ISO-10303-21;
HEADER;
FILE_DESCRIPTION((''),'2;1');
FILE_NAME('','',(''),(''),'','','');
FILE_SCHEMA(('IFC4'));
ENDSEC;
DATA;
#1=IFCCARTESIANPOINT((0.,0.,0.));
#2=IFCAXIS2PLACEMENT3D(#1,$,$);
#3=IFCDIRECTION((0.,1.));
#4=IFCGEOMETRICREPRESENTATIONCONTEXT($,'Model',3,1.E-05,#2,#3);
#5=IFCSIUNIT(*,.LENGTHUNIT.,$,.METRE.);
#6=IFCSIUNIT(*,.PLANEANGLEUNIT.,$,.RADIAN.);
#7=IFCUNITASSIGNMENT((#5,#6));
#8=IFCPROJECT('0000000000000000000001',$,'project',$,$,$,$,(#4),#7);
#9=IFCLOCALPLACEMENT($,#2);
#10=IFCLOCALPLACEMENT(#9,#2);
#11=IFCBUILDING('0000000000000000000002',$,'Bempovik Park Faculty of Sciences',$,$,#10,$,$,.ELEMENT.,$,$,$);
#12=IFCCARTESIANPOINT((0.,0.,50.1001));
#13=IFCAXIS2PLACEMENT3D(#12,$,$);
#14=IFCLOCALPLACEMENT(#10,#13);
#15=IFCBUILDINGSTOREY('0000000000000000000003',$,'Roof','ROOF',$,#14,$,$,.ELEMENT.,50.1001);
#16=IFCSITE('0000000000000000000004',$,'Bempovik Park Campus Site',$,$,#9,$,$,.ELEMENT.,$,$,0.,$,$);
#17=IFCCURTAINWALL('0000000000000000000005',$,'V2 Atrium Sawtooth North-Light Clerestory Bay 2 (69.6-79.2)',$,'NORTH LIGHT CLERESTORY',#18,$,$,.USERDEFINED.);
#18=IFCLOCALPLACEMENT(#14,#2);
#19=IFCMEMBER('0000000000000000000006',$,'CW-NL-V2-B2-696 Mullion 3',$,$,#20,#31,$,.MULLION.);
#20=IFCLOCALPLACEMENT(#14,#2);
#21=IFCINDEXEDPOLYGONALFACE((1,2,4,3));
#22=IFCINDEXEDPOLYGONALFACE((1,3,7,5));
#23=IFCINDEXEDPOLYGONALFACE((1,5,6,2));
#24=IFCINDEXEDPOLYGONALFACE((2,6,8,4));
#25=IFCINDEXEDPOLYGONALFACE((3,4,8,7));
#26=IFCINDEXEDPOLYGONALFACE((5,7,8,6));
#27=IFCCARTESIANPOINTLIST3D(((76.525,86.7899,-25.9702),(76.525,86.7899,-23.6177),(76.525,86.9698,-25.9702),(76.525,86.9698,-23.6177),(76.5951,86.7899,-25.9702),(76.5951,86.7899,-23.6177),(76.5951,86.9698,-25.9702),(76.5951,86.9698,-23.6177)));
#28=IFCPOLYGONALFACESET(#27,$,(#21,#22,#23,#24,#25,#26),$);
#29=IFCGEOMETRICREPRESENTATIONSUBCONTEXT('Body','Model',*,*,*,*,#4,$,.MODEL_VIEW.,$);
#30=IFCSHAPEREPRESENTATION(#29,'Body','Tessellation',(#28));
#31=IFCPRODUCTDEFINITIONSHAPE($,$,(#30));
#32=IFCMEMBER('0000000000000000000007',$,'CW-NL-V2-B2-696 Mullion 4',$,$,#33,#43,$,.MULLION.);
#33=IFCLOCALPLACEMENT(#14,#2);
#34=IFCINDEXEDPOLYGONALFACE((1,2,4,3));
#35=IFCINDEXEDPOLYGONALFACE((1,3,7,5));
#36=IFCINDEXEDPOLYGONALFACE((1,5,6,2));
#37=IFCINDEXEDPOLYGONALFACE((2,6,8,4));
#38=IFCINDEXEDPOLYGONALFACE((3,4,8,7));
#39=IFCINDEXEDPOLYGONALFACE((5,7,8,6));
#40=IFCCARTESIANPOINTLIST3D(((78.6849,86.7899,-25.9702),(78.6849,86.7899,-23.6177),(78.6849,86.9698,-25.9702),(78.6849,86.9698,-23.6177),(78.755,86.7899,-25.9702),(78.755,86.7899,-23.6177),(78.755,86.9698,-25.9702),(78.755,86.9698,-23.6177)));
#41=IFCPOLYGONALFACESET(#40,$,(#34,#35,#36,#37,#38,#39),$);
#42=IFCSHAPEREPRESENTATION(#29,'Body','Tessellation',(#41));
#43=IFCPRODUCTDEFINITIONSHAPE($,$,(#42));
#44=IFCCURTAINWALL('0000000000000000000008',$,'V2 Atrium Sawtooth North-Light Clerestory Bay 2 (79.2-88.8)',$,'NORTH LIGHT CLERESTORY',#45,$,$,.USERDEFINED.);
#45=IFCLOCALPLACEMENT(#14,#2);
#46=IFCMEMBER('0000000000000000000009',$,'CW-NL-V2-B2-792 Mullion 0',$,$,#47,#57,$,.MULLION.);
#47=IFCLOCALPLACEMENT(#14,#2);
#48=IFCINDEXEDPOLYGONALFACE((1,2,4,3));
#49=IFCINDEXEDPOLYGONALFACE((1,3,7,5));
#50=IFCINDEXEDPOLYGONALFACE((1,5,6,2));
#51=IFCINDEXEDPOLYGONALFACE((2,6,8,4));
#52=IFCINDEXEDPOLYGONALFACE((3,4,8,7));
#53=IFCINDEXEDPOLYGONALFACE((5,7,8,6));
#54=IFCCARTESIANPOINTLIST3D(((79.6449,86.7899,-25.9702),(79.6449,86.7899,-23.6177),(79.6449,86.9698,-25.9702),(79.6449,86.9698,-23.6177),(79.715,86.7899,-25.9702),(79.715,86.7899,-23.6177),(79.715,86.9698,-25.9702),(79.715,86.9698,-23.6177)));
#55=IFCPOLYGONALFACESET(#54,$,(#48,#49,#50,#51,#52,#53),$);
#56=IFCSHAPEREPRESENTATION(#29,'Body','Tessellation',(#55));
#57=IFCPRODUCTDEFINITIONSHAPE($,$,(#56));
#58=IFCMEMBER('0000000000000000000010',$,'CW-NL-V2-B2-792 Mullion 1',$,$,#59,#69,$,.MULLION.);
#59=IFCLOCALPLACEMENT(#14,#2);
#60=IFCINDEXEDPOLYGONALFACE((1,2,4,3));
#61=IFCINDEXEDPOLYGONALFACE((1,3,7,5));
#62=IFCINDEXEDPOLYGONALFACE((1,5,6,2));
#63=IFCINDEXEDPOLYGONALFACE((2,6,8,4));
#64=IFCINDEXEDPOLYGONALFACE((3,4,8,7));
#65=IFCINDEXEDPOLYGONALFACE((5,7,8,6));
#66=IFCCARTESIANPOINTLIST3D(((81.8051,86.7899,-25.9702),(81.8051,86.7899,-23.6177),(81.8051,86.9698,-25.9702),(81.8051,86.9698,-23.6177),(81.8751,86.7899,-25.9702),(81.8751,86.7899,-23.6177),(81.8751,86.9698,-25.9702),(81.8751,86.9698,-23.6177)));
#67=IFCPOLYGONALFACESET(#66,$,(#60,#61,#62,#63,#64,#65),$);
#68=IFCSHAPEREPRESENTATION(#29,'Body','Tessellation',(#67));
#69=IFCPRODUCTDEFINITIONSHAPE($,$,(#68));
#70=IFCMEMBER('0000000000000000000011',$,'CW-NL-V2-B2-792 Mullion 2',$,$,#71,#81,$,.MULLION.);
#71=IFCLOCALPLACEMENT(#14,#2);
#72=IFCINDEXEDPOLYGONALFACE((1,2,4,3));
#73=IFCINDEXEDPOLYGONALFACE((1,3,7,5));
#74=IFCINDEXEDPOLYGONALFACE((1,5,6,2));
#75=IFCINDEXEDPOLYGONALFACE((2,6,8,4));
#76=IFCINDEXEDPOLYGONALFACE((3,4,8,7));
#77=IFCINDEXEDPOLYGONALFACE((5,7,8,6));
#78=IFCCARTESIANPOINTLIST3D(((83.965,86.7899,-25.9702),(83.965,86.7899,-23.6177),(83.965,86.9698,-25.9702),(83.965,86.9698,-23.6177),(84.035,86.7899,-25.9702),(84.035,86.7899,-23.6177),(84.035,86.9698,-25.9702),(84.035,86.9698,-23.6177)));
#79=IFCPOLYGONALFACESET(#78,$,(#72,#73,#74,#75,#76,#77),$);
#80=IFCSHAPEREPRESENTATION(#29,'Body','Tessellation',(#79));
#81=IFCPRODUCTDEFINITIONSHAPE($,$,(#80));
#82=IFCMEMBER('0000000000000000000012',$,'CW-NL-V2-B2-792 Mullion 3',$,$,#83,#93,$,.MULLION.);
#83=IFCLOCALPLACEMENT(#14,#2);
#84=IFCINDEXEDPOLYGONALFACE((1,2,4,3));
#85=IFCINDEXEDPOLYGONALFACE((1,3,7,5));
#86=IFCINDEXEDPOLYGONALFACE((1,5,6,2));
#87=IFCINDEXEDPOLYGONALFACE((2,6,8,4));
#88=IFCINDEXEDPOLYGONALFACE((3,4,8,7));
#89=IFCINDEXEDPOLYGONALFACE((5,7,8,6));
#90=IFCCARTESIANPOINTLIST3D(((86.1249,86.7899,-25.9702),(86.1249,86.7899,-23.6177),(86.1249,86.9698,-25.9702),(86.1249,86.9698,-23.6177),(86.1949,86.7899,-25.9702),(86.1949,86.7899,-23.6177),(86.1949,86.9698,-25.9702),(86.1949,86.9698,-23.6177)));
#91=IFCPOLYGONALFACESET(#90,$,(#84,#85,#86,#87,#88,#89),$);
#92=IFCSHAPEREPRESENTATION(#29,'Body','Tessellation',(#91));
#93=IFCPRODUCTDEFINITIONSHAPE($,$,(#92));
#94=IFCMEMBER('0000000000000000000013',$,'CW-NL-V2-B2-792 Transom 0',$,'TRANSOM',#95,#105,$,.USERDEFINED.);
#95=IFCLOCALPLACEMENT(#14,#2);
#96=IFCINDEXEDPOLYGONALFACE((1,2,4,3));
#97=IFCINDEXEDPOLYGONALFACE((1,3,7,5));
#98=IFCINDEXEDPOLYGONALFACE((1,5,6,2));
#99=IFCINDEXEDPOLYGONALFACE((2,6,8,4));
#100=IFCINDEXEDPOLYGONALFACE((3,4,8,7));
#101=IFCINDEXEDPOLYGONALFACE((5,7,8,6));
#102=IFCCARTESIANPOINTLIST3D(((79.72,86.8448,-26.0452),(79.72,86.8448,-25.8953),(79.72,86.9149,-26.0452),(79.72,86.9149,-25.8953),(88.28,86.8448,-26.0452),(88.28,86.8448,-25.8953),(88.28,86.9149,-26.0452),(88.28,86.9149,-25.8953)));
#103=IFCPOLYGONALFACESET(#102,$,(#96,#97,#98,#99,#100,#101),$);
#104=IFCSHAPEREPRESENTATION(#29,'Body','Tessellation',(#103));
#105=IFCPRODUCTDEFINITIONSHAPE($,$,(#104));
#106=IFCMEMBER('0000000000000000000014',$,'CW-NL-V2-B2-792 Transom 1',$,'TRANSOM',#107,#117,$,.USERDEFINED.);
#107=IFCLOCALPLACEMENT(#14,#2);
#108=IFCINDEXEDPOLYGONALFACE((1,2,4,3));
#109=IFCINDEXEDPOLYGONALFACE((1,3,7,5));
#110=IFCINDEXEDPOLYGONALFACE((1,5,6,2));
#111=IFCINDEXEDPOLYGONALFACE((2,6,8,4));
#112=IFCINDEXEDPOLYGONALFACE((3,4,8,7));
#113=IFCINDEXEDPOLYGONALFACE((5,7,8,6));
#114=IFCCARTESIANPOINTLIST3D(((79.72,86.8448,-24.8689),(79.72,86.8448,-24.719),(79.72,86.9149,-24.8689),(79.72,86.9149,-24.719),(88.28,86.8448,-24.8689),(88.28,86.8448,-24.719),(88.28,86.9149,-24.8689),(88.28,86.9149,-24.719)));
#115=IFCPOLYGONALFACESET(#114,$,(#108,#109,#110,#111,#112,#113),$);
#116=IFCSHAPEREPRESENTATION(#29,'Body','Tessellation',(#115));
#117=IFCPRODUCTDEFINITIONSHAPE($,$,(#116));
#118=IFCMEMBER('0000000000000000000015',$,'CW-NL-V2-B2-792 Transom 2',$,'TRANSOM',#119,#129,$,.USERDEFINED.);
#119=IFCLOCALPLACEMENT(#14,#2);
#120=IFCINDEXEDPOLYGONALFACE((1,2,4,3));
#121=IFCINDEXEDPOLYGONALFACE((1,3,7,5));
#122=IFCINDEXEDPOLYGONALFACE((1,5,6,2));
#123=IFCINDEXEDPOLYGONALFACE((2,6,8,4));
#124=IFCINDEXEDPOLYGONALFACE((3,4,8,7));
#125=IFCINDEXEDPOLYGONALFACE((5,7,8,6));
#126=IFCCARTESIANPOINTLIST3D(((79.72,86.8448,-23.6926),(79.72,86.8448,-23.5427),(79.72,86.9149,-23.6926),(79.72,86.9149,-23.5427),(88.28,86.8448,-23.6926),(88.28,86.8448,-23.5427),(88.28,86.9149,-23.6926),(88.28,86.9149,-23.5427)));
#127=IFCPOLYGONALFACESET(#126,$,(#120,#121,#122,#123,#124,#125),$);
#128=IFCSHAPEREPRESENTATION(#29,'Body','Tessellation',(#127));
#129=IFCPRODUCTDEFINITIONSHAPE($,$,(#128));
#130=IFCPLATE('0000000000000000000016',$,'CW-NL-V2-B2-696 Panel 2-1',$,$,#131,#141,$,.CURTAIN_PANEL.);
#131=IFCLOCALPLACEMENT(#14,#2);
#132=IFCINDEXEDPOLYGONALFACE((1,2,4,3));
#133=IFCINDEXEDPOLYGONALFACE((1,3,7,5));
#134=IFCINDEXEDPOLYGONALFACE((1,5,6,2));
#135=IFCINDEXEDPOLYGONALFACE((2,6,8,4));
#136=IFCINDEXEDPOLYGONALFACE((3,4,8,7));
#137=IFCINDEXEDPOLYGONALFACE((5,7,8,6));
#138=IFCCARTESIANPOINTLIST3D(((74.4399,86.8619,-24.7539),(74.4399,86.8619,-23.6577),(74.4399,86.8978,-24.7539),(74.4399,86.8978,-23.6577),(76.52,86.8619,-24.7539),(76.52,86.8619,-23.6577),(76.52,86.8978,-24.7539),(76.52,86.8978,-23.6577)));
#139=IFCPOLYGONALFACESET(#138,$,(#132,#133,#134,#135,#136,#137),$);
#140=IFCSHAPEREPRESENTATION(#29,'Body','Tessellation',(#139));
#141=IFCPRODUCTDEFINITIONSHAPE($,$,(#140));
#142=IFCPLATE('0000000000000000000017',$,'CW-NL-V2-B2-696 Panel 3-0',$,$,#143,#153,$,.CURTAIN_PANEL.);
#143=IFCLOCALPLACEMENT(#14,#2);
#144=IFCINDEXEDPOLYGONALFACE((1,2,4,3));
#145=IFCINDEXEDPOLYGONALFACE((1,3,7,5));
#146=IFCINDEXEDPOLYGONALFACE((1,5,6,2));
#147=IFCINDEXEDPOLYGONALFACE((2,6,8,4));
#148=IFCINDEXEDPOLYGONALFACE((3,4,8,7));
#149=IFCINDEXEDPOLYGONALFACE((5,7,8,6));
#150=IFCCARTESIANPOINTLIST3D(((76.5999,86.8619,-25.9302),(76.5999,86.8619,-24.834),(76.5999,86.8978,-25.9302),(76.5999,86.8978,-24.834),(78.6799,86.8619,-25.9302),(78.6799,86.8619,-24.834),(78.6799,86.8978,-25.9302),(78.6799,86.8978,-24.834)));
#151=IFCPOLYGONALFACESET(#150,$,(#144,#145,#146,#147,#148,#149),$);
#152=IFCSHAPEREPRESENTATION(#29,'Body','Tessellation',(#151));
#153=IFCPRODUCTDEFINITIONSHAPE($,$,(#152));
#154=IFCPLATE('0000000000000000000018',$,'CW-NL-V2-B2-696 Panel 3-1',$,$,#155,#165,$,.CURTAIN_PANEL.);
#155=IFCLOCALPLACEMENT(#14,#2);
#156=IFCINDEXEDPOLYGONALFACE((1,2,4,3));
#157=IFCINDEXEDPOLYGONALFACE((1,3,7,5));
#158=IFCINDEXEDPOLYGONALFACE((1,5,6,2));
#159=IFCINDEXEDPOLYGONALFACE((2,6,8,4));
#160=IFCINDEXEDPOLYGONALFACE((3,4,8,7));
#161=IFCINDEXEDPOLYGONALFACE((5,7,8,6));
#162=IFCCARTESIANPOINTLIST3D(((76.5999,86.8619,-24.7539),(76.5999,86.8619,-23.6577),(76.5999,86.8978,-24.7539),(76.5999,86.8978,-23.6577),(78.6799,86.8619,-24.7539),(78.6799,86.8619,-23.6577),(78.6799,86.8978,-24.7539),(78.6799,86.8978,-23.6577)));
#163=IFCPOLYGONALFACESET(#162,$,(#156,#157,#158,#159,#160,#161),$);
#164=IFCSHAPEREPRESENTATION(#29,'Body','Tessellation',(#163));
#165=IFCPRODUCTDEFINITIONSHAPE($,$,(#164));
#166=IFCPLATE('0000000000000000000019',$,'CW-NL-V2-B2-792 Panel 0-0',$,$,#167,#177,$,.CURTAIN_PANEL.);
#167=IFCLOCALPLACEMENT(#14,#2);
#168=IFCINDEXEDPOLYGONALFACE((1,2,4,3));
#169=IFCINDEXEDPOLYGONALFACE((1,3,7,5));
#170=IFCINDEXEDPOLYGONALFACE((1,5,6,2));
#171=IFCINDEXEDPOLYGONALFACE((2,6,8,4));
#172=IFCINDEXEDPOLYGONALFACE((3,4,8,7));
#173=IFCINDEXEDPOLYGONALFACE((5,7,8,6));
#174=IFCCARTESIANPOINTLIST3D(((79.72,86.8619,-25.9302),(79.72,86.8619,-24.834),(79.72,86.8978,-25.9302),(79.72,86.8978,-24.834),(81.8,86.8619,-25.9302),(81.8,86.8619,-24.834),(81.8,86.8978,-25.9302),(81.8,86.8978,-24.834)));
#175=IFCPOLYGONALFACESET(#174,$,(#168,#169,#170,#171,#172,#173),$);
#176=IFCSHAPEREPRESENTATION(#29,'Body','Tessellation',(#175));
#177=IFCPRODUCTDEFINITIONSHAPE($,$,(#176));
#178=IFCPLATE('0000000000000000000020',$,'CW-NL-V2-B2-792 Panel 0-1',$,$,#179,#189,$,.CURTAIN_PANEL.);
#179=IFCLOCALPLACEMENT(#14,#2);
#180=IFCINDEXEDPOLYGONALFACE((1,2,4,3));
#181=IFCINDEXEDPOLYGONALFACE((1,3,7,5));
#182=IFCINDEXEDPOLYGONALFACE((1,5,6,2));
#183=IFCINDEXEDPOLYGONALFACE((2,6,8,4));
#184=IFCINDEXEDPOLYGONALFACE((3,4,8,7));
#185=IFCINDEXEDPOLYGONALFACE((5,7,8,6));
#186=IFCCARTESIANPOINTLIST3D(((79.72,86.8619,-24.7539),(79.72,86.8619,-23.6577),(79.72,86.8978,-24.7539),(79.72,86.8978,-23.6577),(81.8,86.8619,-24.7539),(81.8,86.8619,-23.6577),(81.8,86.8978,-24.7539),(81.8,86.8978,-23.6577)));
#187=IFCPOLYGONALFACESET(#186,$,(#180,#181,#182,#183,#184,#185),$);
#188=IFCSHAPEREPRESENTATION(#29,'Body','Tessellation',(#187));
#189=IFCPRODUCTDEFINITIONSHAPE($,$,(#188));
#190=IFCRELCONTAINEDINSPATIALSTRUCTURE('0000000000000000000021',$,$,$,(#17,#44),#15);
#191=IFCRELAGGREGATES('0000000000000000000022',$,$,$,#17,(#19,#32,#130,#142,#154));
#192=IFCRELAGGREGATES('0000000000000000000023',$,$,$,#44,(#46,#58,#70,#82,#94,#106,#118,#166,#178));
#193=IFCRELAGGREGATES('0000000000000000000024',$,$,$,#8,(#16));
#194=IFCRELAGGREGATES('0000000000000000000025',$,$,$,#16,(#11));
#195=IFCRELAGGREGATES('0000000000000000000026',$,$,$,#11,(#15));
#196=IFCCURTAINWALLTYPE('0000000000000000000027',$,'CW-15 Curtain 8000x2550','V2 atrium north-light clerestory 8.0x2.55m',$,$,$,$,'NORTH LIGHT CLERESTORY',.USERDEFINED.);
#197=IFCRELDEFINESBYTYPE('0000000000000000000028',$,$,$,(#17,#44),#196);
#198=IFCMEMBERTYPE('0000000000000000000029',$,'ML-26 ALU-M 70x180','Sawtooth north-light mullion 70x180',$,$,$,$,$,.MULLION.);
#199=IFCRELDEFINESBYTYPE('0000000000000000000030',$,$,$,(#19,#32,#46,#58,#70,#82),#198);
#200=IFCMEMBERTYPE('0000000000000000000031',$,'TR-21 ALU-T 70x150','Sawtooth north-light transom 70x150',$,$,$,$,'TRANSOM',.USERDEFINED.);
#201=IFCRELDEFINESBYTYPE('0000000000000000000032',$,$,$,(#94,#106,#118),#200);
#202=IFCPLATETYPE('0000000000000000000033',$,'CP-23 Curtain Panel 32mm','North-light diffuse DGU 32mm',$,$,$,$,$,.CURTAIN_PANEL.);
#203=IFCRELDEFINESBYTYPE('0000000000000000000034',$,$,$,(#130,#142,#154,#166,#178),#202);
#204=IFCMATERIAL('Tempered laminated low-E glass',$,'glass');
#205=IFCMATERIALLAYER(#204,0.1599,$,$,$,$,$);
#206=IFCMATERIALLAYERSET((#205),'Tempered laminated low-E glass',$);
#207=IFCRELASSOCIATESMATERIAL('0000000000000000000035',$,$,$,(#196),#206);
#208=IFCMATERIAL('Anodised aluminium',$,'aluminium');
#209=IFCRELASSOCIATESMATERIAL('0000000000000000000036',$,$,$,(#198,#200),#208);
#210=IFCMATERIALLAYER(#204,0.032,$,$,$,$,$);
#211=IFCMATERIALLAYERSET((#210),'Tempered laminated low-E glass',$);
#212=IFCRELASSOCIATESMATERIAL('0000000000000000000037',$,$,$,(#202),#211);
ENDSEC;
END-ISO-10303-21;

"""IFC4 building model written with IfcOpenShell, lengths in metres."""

from ifc_helpers import new_model, si_unit, direction, frame, origin, origin_2d, place, context, subcontext, project, spatial, rectangle, extrude, material, layer, layer_set, material_profile, profile_set, type_object, element, aggregate, save


model = new_model("IFC4")

# Units and contexts
model_context = context("Model", 3, precision=1e-05, world=origin(), true_north=direction((0.0, 1.0)))
body_context = subcontext(model_context, "Body", "Model", "MODEL_VIEW")
ifc_project = project(units=[si_unit("LENGTHUNIT", "METRE"), si_unit("PLANEANGLEUNIT", "RADIAN")], contexts=[model_context])

# Site, building, storey
site_placement = place(None, origin())
site = spatial("IfcSite", under=ifc_project, at=site_placement, Name="Bempovik Park Campus Site", CompositionType="ELEMENT", RefElevation=0.0)
building_placement = place(site_placement, origin())
building = spatial("IfcBuilding", under=site, at=building_placement, Name="Bempovik Park Faculty of Sciences", CompositionType="ELEMENT")
storey_placement = place(building_placement, frame((0.0, 0.0, 50.1001)))
storey = spatial("IfcBuildingStorey", under=building, at=storey_placement, Name="Roof", Description="ROOF", CompositionType="ELEMENT", Elevation=50.1001)

# Curtain walls, members
ifc_material_1 = material(Name="Tempered laminated low-E glass", Category="glass")
ifc_layer_1 = layer(ifc_material_1, 0.1599)
ifc_layer_set_1 = layer_set([ifc_layer_1], Name="Tempered laminated low-E glass")
curtain_wall_type = type_object("IfcCurtainWallType", Name="CW-15 Curtain 8000x2550", Description="V2 atrium north-light clerestory 8.0x2.55m", ElementType="NORTH LIGHT CLERESTORY", PredefinedType="USERDEFINED", material=ifc_layer_set_1)
curtain_wall_1_placement = place(storey_placement, origin())
curtain_wall_1 = element("IfcCurtainWall", 1, at=curtain_wall_1_placement, inside=storey, type_object=curtain_wall_type, Name="V2 Atrium Sawtooth North-Light Clerestory Bay 2 (69.6-79.2)", ObjectType="NORTH LIGHT CLERESTORY", PredefinedType="USERDEFINED")
ifc_material_2 = material(Name="Anodised aluminium", Category="aluminium")
ifc_material_profile_1 = material_profile(ifc_material_2, rectangle(XDim=0.0701, YDim=0.1799, at=origin_2d()), Name="ALU-M 70x180")
ifc_profile_set_1 = profile_set([ifc_material_profile_1], Name="Anodised aluminium")
member_type_1 = type_object("IfcMemberType", Name="ML-26 ALU-M 70x180", Description="Sawtooth north-light mullion 70x180", PredefinedType="MULLION", material=ifc_profile_set_1)
member_1_placement = place(storey_placement, frame((76.5601, 86.8799, -25.9702), z_axis=(0.0, 0.0, 1.0), x_axis=(1.0, 0.0, 0.0)))
member_1 = element("IfcMember", 2, at=member_1_placement, type_object=member_type_1, Name="CW-NL-V2-B2-696 Mullion 3", PredefinedType="MULLION", context=body_context, shape_type="SweptSolid", body=[
    extrude(rectangle(XDim=0.0701, YDim=0.1799, at=origin_2d()), origin(), (0.0, 0.0, 1.0), 2.3525),
])
member_2_placement = place(storey_placement, frame((78.72, 86.8799, -25.9702), z_axis=(0.0, 0.0, 1.0), x_axis=(1.0, 0.0, 0.0)))
member_2 = element("IfcMember", 3, at=member_2_placement, type_object=member_type_1, Name="CW-NL-V2-B2-696 Mullion 4", PredefinedType="MULLION", context=body_context, shape_type="SweptSolid", body=[
    extrude(rectangle(XDim=0.0701, YDim=0.1799, at=origin_2d()), origin(), (0.0, 0.0, 1.0), 2.3525),
])
curtain_wall_2_placement = place(storey_placement, origin())
curtain_wall_2 = element("IfcCurtainWall", 4, at=curtain_wall_2_placement, inside=storey, type_object=curtain_wall_type, Name="V2 Atrium Sawtooth North-Light Clerestory Bay 2 (79.2-88.8)", ObjectType="NORTH LIGHT CLERESTORY", PredefinedType="USERDEFINED")
member_3_placement = place(storey_placement, frame((79.6799, 86.8799, -25.9702), z_axis=(0.0, 0.0, 1.0), x_axis=(1.0, 0.0, 0.0)))
member_3 = element("IfcMember", 5, at=member_3_placement, type_object=member_type_1, Name="CW-NL-V2-B2-792 Mullion 0", PredefinedType="MULLION", context=body_context, shape_type="SweptSolid", body=[
    extrude(rectangle(XDim=0.0701, YDim=0.1799, at=origin_2d()), origin(), (0.0, 0.0, 1.0), 2.3525),
])
member_4_placement = place(storey_placement, frame((81.8401, 86.8799, -25.9702), z_axis=(0.0, 0.0, 1.0), x_axis=(1.0, 0.0, 0.0)))
member_4 = element("IfcMember", 6, at=member_4_placement, type_object=member_type_1, Name="CW-NL-V2-B2-792 Mullion 1", PredefinedType="MULLION", context=body_context, shape_type="SweptSolid", body=[
    extrude(rectangle(XDim=0.0701, YDim=0.1799, at=origin_2d()), origin(), (0.0, 0.0, 1.0), 2.3525),
])
member_5_placement = place(storey_placement, frame((84.0, 86.8799, -25.9702), z_axis=(0.0, 0.0, 1.0), x_axis=(1.0, 0.0, 0.0)))
member_5 = element("IfcMember", 7, at=member_5_placement, type_object=member_type_1, Name="CW-NL-V2-B2-792 Mullion 2", PredefinedType="MULLION", context=body_context, shape_type="SweptSolid", body=[
    extrude(rectangle(XDim=0.0701, YDim=0.1799, at=origin_2d()), origin(), (0.0, 0.0, 1.0), 2.3525),
])
member_6_placement = place(storey_placement, frame((86.1599, 86.8799, -25.9702), z_axis=(0.0, 0.0, 1.0), x_axis=(1.0, 0.0, 0.0)))
member_6 = element("IfcMember", 8, at=member_6_placement, type_object=member_type_1, Name="CW-NL-V2-B2-792 Mullion 3", PredefinedType="MULLION", context=body_context, shape_type="SweptSolid", body=[
    extrude(rectangle(XDim=0.0701, YDim=0.1799, at=origin_2d()), origin(), (0.0, 0.0, 1.0), 2.3525),
])
ifc_material_profile_2 = material_profile(ifc_material_2, rectangle(XDim=0.0701, YDim=0.1499, at=origin_2d()), Name="ALU-T 70x150")
ifc_profile_set_2 = profile_set([ifc_material_profile_2], Name="Anodised aluminium")
member_type_2 = type_object("IfcMemberType", Name="TR-21 ALU-T 70x150", Description="Sawtooth north-light transom 70x150", ElementType="TRANSOM", PredefinedType="USERDEFINED", material=ifc_profile_set_2)
member_7_placement = place(storey_placement, frame((79.72, 86.8799, -25.9702), z_axis=(1.0, 0.0, 0.0), x_axis=(0.0, 1.0, 0.0)))
member_7 = element("IfcMember", 9, at=member_7_placement, type_object=member_type_2, Name="CW-NL-V2-B2-792 Transom 0", ObjectType="TRANSOM", PredefinedType="USERDEFINED", context=body_context, shape_type="SweptSolid", body=[
    extrude(rectangle(XDim=0.0701, YDim=0.1499, at=origin_2d()), origin(), (0.0, 0.0, 1.0), 8.5601),
])
member_8_placement = place(storey_placement, frame((79.72, 86.8799, -24.7939), z_axis=(1.0, 0.0, 0.0), x_axis=(0.0, 1.0, 0.0)))
member_8 = element("IfcMember", 10, at=member_8_placement, type_object=member_type_2, Name="CW-NL-V2-B2-792 Transom 1", ObjectType="TRANSOM", PredefinedType="USERDEFINED", context=body_context, shape_type="SweptSolid", body=[
    extrude(rectangle(XDim=0.0701, YDim=0.1499, at=origin_2d()), origin(), (0.0, 0.0, 1.0), 8.5601),
])
member_9_placement = place(storey_placement, frame((79.72, 86.8799, -23.6177), z_axis=(1.0, 0.0, 0.0), x_axis=(0.0, 1.0, 0.0)))
member_9 = element("IfcMember", 11, at=member_9_placement, type_object=member_type_2, Name="CW-NL-V2-B2-792 Transom 2", ObjectType="TRANSOM", PredefinedType="USERDEFINED", context=body_context, shape_type="SweptSolid", body=[
    extrude(rectangle(XDim=0.0701, YDim=0.1499, at=origin_2d()), origin(), (0.0, 0.0, 1.0), 8.5601),
])

# Plates
ifc_layer_2 = layer(ifc_material_1, 0.032)
ifc_layer_set_2 = layer_set([ifc_layer_2], Name="Tempered laminated low-E glass")
plate_type = type_object("IfcPlateType", Name="CP-23 Curtain Panel 32mm", Description="North-light diffuse DGU 32mm", PredefinedType="CURTAIN_PANEL", material=ifc_layer_set_2)
plate_1_placement = place(storey_placement, frame((75.48, 86.8799, -24.7539), z_axis=(0.0, 0.0, 1.0), x_axis=(1.0, 0.0, 0.0)))
plate_1 = element("IfcPlate", 12, at=plate_1_placement, type_object=plate_type, Name="CW-NL-V2-B2-696 Panel 2-1", PredefinedType="CURTAIN_PANEL", context=body_context, shape_type="SweptSolid", body=[
    extrude(rectangle(XDim=2.0801, YDim=0.0359, at=origin_2d()), origin(), (0.0, 0.0, 1.0), 1.0962),
])
plate_2_placement = place(storey_placement, frame((77.6399, 86.8799, -25.9302), z_axis=(0.0, 0.0, 1.0), x_axis=(1.0, 0.0, 0.0)))
plate_2 = element("IfcPlate", 13, at=plate_2_placement, type_object=plate_type, Name="CW-NL-V2-B2-696 Panel 3-0", PredefinedType="CURTAIN_PANEL", context=body_context, shape_type="SweptSolid", body=[
    extrude(rectangle(XDim=2.0801, YDim=0.0359, at=origin_2d()), origin(), (0.0, 0.0, 1.0), 1.0962),
])
plate_3_placement = place(storey_placement, frame((77.6399, 86.8799, -24.7539), z_axis=(0.0, 0.0, 1.0), x_axis=(1.0, 0.0, 0.0)))
plate_3 = element("IfcPlate", 14, at=plate_3_placement, type_object=plate_type, Name="CW-NL-V2-B2-696 Panel 3-1", PredefinedType="CURTAIN_PANEL", context=body_context, shape_type="SweptSolid", body=[
    extrude(rectangle(XDim=2.0801, YDim=0.0359, at=origin_2d()), origin(), (0.0, 0.0, 1.0), 1.0962),
])
aggregate(curtain_wall_1, [member_1, member_2, plate_1, plate_2, plate_3])
plate_4_placement = place(storey_placement, frame((80.76, 86.8799, -25.9302), z_axis=(0.0, 0.0, 1.0), x_axis=(1.0, 0.0, 0.0)))
plate_4 = element("IfcPlate", 15, at=plate_4_placement, type_object=plate_type, Name="CW-NL-V2-B2-792 Panel 0-0", PredefinedType="CURTAIN_PANEL", context=body_context, shape_type="SweptSolid", body=[
    extrude(rectangle(XDim=2.0801, YDim=0.0359, at=origin_2d()), origin(), (0.0, 0.0, 1.0), 1.0962),
])
plate_5_placement = place(storey_placement, frame((80.76, 86.8799, -24.7539), z_axis=(0.0, 0.0, 1.0), x_axis=(1.0, 0.0, 0.0)))
plate_5 = element("IfcPlate", 16, at=plate_5_placement, type_object=plate_type, Name="CW-NL-V2-B2-792 Panel 0-1", PredefinedType="CURTAIN_PANEL", context=body_context, shape_type="SweptSolid", body=[
    extrude(rectangle(XDim=2.0801, YDim=0.0359, at=origin_2d()), origin(), (0.0, 0.0, 1.0), 1.0962),
])
aggregate(curtain_wall_2, [member_3, member_4, member_5, member_6, member_7, member_8, member_9, plate_4, plate_5])

save(model, "model.ifc")
